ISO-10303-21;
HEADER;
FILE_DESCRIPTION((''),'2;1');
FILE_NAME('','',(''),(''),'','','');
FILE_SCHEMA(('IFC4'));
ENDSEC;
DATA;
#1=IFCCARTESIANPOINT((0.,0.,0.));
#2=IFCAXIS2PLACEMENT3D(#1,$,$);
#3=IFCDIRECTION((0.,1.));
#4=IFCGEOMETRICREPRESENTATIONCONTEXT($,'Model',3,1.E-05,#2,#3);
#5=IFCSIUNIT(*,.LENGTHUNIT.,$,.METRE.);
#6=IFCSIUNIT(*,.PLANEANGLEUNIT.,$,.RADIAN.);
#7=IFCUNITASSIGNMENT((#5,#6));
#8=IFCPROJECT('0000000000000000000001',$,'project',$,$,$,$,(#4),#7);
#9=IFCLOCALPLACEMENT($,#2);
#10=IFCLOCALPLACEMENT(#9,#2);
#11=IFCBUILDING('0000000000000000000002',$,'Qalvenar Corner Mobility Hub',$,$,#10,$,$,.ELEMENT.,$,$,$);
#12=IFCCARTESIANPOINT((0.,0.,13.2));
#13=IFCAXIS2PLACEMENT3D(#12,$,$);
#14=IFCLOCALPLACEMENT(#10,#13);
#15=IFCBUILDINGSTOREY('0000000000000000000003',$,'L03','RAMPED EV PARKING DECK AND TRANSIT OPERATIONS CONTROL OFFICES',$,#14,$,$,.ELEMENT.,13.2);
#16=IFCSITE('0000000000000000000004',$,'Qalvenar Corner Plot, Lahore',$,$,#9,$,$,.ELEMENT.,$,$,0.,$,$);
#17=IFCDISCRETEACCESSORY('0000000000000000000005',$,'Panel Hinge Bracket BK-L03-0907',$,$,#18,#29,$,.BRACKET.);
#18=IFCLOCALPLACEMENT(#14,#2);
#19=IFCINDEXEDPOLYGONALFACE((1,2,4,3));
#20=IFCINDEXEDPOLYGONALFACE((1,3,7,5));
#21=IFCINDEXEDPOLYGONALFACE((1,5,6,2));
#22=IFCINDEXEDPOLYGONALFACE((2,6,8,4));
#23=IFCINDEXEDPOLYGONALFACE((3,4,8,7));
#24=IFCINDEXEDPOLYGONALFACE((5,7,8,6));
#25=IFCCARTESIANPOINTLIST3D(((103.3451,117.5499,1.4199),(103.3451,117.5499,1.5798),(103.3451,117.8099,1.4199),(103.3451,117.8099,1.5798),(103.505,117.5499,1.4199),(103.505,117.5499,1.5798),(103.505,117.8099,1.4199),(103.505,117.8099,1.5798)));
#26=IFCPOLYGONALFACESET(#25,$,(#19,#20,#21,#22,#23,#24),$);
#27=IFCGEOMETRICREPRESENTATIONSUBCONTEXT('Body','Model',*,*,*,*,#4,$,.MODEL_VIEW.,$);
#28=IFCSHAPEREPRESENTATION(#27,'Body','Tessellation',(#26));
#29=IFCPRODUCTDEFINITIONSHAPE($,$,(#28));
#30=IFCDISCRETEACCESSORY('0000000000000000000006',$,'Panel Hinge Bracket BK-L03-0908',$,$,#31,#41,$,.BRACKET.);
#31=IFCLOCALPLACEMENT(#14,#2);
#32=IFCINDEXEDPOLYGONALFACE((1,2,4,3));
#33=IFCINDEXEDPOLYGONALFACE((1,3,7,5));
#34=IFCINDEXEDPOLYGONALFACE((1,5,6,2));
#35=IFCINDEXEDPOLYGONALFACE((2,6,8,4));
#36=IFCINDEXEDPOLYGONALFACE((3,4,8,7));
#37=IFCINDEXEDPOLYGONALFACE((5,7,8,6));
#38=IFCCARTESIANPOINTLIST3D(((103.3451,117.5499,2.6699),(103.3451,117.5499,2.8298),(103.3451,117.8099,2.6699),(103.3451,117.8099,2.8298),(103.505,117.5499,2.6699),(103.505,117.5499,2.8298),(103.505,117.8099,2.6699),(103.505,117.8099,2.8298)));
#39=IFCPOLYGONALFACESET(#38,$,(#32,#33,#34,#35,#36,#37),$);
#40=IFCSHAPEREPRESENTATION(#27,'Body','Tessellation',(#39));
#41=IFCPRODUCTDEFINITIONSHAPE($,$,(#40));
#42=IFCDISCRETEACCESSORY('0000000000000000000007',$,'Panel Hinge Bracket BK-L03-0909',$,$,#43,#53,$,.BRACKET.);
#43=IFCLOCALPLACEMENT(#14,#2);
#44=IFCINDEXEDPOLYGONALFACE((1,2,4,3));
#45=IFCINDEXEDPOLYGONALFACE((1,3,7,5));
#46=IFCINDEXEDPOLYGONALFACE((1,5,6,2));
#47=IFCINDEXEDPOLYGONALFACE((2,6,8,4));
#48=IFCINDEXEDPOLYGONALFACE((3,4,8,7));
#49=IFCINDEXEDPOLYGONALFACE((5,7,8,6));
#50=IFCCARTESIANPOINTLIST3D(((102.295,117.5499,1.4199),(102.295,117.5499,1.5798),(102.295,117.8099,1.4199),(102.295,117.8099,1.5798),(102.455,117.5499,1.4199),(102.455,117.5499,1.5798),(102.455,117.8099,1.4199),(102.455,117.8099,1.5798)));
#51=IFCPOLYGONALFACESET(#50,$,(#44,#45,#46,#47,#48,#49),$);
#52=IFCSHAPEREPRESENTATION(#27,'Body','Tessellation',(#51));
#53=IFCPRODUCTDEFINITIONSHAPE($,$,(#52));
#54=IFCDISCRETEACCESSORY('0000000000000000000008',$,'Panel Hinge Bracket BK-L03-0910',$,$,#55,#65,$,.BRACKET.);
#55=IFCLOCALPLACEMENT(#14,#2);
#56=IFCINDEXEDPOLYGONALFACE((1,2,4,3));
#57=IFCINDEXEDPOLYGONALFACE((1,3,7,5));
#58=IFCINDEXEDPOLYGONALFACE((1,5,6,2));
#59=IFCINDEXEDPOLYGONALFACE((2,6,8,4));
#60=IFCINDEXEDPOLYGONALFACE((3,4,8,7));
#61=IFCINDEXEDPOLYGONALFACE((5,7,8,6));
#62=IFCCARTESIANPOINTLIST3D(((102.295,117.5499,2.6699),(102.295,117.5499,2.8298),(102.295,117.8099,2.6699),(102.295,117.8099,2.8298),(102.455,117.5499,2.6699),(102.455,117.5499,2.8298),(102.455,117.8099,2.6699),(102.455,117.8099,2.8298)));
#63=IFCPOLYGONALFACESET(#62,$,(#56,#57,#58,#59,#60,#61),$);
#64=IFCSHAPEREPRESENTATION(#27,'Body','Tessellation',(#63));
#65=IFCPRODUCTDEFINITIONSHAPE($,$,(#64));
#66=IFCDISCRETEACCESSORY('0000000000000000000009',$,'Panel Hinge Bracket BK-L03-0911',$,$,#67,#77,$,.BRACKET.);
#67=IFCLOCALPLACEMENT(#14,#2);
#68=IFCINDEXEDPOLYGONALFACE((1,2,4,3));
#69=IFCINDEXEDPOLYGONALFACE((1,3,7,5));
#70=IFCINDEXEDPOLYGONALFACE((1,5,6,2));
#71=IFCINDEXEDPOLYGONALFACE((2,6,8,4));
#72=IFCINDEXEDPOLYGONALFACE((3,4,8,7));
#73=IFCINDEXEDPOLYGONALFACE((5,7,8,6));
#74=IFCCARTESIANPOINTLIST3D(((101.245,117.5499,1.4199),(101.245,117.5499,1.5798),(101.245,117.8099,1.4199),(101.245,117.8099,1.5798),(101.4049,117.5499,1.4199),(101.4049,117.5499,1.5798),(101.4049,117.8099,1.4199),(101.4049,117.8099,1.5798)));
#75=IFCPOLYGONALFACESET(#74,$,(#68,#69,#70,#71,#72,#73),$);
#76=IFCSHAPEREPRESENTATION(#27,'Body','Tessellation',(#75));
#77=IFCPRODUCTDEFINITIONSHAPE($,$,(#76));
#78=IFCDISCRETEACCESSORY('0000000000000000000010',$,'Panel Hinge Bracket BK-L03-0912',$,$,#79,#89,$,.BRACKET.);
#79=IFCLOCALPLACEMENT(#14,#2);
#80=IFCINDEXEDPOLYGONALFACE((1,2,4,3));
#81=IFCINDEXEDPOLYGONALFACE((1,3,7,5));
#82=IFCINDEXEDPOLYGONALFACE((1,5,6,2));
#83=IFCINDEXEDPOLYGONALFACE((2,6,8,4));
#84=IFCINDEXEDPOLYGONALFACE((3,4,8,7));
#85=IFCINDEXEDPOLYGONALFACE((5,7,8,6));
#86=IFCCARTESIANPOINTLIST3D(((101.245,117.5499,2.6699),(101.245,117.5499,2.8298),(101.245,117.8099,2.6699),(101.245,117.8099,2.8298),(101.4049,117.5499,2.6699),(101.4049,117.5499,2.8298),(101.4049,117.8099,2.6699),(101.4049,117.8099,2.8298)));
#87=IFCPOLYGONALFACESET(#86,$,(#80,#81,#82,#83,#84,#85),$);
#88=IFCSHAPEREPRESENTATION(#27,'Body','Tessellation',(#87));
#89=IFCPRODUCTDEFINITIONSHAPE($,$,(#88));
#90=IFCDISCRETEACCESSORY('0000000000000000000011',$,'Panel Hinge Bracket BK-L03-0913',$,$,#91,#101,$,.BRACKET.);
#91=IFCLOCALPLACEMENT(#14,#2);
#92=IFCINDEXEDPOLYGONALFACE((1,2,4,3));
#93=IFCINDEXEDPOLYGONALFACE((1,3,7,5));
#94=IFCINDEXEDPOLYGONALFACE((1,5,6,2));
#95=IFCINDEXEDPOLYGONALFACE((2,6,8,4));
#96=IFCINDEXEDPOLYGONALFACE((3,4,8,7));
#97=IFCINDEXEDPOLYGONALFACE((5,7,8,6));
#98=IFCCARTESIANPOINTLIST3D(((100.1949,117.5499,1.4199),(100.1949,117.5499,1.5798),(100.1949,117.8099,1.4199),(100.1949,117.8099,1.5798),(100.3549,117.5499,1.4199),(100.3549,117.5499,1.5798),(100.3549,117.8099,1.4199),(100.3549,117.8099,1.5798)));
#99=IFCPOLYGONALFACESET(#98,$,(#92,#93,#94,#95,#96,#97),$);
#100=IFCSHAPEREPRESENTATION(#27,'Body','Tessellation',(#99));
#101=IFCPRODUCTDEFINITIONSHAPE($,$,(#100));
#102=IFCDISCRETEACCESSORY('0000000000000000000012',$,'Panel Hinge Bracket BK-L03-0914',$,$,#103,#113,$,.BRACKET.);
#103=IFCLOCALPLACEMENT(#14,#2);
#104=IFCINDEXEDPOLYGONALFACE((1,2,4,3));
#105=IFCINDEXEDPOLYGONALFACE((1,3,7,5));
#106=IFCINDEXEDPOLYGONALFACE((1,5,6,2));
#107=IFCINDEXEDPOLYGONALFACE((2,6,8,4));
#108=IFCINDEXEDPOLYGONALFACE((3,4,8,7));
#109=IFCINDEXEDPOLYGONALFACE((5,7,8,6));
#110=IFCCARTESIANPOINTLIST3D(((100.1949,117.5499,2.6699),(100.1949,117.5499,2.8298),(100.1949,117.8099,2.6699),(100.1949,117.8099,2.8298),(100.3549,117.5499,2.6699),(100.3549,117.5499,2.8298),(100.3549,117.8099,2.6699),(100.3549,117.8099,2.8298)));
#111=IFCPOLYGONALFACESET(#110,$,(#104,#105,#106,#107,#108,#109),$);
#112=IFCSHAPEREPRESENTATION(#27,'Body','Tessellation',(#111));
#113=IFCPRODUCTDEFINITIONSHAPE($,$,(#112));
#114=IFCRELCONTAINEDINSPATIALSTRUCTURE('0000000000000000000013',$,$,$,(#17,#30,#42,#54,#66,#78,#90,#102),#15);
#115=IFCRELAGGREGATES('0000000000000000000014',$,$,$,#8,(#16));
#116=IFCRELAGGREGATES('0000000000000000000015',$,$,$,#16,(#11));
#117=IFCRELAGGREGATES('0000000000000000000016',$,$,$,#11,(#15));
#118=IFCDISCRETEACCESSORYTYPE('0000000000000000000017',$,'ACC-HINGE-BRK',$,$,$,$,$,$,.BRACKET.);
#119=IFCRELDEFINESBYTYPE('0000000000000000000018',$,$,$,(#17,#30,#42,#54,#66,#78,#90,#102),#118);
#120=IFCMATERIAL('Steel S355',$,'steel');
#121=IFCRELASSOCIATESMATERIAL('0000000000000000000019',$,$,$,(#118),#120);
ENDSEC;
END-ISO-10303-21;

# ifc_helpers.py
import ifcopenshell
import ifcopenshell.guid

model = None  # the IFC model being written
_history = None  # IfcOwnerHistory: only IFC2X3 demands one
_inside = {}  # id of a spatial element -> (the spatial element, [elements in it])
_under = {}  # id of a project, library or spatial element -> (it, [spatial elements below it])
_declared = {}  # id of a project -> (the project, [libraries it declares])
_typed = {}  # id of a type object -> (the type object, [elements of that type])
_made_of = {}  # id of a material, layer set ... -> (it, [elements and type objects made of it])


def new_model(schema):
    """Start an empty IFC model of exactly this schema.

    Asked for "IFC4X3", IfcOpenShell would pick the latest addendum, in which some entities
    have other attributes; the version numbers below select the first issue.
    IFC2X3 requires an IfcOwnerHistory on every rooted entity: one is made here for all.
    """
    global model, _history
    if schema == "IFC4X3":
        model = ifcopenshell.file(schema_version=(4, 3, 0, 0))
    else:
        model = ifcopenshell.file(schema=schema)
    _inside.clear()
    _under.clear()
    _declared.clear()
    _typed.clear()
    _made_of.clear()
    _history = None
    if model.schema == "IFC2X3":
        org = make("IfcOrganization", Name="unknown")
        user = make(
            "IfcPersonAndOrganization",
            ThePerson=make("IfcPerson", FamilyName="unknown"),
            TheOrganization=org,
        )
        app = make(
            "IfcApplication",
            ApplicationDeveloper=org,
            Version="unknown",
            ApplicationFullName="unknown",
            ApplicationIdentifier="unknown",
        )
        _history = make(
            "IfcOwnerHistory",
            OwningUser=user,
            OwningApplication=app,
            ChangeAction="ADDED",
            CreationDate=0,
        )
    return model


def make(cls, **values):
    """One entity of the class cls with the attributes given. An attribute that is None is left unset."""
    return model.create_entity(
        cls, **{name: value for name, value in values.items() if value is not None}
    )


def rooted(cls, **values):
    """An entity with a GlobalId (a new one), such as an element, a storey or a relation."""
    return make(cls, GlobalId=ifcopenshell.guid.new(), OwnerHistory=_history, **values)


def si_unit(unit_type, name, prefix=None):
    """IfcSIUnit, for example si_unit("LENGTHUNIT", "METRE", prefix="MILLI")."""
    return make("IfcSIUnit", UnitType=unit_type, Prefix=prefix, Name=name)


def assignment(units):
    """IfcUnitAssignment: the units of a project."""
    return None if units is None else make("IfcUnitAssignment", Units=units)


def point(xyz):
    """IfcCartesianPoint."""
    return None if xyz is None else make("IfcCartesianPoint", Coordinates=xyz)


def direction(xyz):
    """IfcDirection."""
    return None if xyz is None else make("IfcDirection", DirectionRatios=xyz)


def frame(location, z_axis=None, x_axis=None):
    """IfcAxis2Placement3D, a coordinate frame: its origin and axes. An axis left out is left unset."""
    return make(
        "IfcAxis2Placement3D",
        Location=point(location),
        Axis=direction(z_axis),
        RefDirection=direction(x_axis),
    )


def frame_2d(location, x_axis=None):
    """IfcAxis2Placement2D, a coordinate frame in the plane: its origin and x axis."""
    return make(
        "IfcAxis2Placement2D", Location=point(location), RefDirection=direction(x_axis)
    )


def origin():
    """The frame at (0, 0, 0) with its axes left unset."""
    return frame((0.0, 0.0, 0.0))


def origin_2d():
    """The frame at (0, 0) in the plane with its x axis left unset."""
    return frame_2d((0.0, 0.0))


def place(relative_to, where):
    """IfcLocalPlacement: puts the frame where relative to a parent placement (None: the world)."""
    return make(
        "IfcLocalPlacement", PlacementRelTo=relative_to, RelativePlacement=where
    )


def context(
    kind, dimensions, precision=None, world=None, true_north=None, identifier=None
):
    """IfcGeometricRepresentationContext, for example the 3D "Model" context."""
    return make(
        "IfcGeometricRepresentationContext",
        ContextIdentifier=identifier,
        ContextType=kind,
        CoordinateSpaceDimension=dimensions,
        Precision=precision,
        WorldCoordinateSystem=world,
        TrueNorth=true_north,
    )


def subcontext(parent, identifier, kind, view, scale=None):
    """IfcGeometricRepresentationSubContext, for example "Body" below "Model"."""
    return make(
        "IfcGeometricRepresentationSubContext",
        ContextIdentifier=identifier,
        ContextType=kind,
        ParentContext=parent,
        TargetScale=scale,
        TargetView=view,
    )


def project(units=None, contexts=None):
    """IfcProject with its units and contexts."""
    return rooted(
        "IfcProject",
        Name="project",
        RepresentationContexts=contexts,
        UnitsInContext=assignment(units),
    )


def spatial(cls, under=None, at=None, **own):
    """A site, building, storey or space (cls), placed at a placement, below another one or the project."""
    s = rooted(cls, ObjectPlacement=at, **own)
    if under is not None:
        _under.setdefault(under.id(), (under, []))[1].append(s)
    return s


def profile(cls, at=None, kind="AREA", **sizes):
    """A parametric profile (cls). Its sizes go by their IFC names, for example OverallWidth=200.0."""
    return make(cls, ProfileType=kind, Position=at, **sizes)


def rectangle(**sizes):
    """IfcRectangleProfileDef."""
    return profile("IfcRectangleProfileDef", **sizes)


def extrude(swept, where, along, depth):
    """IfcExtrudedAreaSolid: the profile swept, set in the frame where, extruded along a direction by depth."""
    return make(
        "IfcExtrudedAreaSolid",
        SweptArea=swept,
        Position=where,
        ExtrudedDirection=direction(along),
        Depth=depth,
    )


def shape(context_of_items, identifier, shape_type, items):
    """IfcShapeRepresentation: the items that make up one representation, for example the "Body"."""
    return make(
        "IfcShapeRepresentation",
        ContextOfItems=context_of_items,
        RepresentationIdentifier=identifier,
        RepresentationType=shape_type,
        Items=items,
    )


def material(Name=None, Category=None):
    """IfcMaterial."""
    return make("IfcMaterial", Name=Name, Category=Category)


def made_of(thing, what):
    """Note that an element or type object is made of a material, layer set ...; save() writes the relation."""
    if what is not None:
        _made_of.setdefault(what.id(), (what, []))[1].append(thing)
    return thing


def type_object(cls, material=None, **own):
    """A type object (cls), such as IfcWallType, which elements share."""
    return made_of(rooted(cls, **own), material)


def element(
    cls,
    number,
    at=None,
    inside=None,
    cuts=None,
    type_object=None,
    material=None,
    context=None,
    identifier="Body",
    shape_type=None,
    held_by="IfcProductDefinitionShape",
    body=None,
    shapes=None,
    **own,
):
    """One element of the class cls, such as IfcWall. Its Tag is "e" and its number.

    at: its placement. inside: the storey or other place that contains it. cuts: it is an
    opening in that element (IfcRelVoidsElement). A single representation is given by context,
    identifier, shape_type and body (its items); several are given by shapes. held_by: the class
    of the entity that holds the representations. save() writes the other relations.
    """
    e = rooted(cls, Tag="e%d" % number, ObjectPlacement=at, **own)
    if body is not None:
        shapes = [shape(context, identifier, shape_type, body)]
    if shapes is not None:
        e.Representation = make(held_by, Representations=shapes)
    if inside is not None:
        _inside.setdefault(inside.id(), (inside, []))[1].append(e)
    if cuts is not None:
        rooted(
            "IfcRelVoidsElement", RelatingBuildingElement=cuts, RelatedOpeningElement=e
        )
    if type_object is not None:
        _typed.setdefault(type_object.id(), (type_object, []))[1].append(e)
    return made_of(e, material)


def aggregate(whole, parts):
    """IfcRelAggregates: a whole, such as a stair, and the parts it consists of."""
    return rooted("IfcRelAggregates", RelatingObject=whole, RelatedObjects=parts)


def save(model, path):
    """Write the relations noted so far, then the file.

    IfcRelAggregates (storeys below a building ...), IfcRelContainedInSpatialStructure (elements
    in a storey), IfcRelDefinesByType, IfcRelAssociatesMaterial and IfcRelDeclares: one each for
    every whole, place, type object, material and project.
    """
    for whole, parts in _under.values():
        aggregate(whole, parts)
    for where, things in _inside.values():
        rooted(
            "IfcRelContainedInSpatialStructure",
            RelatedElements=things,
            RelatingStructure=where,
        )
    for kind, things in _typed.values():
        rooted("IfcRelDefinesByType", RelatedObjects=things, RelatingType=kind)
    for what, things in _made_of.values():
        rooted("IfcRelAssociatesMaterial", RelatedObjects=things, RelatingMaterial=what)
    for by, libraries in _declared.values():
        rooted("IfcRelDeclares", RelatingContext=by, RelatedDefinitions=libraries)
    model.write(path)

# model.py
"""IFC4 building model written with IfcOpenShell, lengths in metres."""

from ifc_helpers import new_model, si_unit, direction, frame, origin, origin_2d, place, context, subcontext, project, spatial, rectangle, extrude, material, type_object, element, save


model = new_model("IFC4")

# Units and contexts
model_context = context("Model", 3, precision=1e-05, world=origin(), true_north=direction((0.0, 1.0)))
body_context = subcontext(model_context, "Body", "Model", "MODEL_VIEW")
ifc_project = project(units=[si_unit("LENGTHUNIT", "METRE"), si_unit("PLANEANGLEUNIT", "RADIAN")], contexts=[model_context])

# Site, building, storey
site_placement = place(None, origin())
site = spatial("IfcSite", under=ifc_project, at=site_placement, Name="Qalvenar Corner Plot, Lahore", CompositionType="ELEMENT", RefElevation=0.0)
building_placement = place(site_placement, origin())
building = spatial("IfcBuilding", under=site, at=building_placement, Name="Qalvenar Corner Mobility Hub", CompositionType="ELEMENT")
storey_placement = place(building_placement, frame((0.0, 0.0, 13.2)))
storey = spatial("IfcBuildingStorey", under=building, at=storey_placement, Name="L03", Description="RAMPED EV PARKING DECK AND TRANSIT OPERATIONS CONTROL OFFICES", CompositionType="ELEMENT", Elevation=13.2)

# Discrete accessories
ifc_material_1 = material(Name="Steel S355", Category="steel")
discrete_accessory_type = type_object("IfcDiscreteAccessoryType", Name="ACC-HINGE-BRK", PredefinedType="BRACKET", material=ifc_material_1)
for number, where, z_axis, x_axis, name in (
    (1, (103.425, 117.6799, 1.4199), (0.0, 0.0, 1.0), (-1.0, 0.0, 0.0), "Panel Hinge Bracket BK-L03-0907"),
    (2, (103.425, 117.6799, 2.6699), (0.0, 0.0, 1.0), (-1.0, 0.0, 0.0), "Panel Hinge Bracket BK-L03-0908"),
    (3, (102.375, 117.6799, 1.4199), (0.0, 0.0, 1.0), (-1.0, 0.0, 0.0), "Panel Hinge Bracket BK-L03-0909"),
    (4, (102.375, 117.6799, 2.6699), (0.0, 0.0, 1.0), (-1.0, 0.0, 0.0), "Panel Hinge Bracket BK-L03-0910"),
    (5, (101.325, 117.6799, 1.4199), (0.0, 0.0, 1.0), (-1.0, 0.0, 0.0), "Panel Hinge Bracket BK-L03-0911"),
    (6, (101.325, 117.6799, 2.6699), (0.0, 0.0, 1.0), (-1.0, 0.0, 0.0), "Panel Hinge Bracket BK-L03-0912"),
    (7, (100.2749, 117.6799, 1.4199), (0.0, 0.0, 1.0), (-1.0, 0.0, 0.0), "Panel Hinge Bracket BK-L03-0913"),
    (8, (100.2749, 117.6799, 2.6699), (0.0, 0.0, 1.0), (-1.0, 0.0, 0.0), "Panel Hinge Bracket BK-L03-0914"),
):
    element("IfcDiscreteAccessory", number, at=place(storey_placement, frame(where, z_axis=z_axis, x_axis=x_axis)), inside=storey, type_object=discrete_accessory_type, Name=name, PredefinedType="BRACKET", context=body_context, shape_type="SweptSolid", body=[
        extrude(rectangle(XDim=0.1599, YDim=0.26, at=origin_2d()), origin(), (0.0, 0.0, 1.0), 0.1599),
    ])

save(model, "model.ifc")
